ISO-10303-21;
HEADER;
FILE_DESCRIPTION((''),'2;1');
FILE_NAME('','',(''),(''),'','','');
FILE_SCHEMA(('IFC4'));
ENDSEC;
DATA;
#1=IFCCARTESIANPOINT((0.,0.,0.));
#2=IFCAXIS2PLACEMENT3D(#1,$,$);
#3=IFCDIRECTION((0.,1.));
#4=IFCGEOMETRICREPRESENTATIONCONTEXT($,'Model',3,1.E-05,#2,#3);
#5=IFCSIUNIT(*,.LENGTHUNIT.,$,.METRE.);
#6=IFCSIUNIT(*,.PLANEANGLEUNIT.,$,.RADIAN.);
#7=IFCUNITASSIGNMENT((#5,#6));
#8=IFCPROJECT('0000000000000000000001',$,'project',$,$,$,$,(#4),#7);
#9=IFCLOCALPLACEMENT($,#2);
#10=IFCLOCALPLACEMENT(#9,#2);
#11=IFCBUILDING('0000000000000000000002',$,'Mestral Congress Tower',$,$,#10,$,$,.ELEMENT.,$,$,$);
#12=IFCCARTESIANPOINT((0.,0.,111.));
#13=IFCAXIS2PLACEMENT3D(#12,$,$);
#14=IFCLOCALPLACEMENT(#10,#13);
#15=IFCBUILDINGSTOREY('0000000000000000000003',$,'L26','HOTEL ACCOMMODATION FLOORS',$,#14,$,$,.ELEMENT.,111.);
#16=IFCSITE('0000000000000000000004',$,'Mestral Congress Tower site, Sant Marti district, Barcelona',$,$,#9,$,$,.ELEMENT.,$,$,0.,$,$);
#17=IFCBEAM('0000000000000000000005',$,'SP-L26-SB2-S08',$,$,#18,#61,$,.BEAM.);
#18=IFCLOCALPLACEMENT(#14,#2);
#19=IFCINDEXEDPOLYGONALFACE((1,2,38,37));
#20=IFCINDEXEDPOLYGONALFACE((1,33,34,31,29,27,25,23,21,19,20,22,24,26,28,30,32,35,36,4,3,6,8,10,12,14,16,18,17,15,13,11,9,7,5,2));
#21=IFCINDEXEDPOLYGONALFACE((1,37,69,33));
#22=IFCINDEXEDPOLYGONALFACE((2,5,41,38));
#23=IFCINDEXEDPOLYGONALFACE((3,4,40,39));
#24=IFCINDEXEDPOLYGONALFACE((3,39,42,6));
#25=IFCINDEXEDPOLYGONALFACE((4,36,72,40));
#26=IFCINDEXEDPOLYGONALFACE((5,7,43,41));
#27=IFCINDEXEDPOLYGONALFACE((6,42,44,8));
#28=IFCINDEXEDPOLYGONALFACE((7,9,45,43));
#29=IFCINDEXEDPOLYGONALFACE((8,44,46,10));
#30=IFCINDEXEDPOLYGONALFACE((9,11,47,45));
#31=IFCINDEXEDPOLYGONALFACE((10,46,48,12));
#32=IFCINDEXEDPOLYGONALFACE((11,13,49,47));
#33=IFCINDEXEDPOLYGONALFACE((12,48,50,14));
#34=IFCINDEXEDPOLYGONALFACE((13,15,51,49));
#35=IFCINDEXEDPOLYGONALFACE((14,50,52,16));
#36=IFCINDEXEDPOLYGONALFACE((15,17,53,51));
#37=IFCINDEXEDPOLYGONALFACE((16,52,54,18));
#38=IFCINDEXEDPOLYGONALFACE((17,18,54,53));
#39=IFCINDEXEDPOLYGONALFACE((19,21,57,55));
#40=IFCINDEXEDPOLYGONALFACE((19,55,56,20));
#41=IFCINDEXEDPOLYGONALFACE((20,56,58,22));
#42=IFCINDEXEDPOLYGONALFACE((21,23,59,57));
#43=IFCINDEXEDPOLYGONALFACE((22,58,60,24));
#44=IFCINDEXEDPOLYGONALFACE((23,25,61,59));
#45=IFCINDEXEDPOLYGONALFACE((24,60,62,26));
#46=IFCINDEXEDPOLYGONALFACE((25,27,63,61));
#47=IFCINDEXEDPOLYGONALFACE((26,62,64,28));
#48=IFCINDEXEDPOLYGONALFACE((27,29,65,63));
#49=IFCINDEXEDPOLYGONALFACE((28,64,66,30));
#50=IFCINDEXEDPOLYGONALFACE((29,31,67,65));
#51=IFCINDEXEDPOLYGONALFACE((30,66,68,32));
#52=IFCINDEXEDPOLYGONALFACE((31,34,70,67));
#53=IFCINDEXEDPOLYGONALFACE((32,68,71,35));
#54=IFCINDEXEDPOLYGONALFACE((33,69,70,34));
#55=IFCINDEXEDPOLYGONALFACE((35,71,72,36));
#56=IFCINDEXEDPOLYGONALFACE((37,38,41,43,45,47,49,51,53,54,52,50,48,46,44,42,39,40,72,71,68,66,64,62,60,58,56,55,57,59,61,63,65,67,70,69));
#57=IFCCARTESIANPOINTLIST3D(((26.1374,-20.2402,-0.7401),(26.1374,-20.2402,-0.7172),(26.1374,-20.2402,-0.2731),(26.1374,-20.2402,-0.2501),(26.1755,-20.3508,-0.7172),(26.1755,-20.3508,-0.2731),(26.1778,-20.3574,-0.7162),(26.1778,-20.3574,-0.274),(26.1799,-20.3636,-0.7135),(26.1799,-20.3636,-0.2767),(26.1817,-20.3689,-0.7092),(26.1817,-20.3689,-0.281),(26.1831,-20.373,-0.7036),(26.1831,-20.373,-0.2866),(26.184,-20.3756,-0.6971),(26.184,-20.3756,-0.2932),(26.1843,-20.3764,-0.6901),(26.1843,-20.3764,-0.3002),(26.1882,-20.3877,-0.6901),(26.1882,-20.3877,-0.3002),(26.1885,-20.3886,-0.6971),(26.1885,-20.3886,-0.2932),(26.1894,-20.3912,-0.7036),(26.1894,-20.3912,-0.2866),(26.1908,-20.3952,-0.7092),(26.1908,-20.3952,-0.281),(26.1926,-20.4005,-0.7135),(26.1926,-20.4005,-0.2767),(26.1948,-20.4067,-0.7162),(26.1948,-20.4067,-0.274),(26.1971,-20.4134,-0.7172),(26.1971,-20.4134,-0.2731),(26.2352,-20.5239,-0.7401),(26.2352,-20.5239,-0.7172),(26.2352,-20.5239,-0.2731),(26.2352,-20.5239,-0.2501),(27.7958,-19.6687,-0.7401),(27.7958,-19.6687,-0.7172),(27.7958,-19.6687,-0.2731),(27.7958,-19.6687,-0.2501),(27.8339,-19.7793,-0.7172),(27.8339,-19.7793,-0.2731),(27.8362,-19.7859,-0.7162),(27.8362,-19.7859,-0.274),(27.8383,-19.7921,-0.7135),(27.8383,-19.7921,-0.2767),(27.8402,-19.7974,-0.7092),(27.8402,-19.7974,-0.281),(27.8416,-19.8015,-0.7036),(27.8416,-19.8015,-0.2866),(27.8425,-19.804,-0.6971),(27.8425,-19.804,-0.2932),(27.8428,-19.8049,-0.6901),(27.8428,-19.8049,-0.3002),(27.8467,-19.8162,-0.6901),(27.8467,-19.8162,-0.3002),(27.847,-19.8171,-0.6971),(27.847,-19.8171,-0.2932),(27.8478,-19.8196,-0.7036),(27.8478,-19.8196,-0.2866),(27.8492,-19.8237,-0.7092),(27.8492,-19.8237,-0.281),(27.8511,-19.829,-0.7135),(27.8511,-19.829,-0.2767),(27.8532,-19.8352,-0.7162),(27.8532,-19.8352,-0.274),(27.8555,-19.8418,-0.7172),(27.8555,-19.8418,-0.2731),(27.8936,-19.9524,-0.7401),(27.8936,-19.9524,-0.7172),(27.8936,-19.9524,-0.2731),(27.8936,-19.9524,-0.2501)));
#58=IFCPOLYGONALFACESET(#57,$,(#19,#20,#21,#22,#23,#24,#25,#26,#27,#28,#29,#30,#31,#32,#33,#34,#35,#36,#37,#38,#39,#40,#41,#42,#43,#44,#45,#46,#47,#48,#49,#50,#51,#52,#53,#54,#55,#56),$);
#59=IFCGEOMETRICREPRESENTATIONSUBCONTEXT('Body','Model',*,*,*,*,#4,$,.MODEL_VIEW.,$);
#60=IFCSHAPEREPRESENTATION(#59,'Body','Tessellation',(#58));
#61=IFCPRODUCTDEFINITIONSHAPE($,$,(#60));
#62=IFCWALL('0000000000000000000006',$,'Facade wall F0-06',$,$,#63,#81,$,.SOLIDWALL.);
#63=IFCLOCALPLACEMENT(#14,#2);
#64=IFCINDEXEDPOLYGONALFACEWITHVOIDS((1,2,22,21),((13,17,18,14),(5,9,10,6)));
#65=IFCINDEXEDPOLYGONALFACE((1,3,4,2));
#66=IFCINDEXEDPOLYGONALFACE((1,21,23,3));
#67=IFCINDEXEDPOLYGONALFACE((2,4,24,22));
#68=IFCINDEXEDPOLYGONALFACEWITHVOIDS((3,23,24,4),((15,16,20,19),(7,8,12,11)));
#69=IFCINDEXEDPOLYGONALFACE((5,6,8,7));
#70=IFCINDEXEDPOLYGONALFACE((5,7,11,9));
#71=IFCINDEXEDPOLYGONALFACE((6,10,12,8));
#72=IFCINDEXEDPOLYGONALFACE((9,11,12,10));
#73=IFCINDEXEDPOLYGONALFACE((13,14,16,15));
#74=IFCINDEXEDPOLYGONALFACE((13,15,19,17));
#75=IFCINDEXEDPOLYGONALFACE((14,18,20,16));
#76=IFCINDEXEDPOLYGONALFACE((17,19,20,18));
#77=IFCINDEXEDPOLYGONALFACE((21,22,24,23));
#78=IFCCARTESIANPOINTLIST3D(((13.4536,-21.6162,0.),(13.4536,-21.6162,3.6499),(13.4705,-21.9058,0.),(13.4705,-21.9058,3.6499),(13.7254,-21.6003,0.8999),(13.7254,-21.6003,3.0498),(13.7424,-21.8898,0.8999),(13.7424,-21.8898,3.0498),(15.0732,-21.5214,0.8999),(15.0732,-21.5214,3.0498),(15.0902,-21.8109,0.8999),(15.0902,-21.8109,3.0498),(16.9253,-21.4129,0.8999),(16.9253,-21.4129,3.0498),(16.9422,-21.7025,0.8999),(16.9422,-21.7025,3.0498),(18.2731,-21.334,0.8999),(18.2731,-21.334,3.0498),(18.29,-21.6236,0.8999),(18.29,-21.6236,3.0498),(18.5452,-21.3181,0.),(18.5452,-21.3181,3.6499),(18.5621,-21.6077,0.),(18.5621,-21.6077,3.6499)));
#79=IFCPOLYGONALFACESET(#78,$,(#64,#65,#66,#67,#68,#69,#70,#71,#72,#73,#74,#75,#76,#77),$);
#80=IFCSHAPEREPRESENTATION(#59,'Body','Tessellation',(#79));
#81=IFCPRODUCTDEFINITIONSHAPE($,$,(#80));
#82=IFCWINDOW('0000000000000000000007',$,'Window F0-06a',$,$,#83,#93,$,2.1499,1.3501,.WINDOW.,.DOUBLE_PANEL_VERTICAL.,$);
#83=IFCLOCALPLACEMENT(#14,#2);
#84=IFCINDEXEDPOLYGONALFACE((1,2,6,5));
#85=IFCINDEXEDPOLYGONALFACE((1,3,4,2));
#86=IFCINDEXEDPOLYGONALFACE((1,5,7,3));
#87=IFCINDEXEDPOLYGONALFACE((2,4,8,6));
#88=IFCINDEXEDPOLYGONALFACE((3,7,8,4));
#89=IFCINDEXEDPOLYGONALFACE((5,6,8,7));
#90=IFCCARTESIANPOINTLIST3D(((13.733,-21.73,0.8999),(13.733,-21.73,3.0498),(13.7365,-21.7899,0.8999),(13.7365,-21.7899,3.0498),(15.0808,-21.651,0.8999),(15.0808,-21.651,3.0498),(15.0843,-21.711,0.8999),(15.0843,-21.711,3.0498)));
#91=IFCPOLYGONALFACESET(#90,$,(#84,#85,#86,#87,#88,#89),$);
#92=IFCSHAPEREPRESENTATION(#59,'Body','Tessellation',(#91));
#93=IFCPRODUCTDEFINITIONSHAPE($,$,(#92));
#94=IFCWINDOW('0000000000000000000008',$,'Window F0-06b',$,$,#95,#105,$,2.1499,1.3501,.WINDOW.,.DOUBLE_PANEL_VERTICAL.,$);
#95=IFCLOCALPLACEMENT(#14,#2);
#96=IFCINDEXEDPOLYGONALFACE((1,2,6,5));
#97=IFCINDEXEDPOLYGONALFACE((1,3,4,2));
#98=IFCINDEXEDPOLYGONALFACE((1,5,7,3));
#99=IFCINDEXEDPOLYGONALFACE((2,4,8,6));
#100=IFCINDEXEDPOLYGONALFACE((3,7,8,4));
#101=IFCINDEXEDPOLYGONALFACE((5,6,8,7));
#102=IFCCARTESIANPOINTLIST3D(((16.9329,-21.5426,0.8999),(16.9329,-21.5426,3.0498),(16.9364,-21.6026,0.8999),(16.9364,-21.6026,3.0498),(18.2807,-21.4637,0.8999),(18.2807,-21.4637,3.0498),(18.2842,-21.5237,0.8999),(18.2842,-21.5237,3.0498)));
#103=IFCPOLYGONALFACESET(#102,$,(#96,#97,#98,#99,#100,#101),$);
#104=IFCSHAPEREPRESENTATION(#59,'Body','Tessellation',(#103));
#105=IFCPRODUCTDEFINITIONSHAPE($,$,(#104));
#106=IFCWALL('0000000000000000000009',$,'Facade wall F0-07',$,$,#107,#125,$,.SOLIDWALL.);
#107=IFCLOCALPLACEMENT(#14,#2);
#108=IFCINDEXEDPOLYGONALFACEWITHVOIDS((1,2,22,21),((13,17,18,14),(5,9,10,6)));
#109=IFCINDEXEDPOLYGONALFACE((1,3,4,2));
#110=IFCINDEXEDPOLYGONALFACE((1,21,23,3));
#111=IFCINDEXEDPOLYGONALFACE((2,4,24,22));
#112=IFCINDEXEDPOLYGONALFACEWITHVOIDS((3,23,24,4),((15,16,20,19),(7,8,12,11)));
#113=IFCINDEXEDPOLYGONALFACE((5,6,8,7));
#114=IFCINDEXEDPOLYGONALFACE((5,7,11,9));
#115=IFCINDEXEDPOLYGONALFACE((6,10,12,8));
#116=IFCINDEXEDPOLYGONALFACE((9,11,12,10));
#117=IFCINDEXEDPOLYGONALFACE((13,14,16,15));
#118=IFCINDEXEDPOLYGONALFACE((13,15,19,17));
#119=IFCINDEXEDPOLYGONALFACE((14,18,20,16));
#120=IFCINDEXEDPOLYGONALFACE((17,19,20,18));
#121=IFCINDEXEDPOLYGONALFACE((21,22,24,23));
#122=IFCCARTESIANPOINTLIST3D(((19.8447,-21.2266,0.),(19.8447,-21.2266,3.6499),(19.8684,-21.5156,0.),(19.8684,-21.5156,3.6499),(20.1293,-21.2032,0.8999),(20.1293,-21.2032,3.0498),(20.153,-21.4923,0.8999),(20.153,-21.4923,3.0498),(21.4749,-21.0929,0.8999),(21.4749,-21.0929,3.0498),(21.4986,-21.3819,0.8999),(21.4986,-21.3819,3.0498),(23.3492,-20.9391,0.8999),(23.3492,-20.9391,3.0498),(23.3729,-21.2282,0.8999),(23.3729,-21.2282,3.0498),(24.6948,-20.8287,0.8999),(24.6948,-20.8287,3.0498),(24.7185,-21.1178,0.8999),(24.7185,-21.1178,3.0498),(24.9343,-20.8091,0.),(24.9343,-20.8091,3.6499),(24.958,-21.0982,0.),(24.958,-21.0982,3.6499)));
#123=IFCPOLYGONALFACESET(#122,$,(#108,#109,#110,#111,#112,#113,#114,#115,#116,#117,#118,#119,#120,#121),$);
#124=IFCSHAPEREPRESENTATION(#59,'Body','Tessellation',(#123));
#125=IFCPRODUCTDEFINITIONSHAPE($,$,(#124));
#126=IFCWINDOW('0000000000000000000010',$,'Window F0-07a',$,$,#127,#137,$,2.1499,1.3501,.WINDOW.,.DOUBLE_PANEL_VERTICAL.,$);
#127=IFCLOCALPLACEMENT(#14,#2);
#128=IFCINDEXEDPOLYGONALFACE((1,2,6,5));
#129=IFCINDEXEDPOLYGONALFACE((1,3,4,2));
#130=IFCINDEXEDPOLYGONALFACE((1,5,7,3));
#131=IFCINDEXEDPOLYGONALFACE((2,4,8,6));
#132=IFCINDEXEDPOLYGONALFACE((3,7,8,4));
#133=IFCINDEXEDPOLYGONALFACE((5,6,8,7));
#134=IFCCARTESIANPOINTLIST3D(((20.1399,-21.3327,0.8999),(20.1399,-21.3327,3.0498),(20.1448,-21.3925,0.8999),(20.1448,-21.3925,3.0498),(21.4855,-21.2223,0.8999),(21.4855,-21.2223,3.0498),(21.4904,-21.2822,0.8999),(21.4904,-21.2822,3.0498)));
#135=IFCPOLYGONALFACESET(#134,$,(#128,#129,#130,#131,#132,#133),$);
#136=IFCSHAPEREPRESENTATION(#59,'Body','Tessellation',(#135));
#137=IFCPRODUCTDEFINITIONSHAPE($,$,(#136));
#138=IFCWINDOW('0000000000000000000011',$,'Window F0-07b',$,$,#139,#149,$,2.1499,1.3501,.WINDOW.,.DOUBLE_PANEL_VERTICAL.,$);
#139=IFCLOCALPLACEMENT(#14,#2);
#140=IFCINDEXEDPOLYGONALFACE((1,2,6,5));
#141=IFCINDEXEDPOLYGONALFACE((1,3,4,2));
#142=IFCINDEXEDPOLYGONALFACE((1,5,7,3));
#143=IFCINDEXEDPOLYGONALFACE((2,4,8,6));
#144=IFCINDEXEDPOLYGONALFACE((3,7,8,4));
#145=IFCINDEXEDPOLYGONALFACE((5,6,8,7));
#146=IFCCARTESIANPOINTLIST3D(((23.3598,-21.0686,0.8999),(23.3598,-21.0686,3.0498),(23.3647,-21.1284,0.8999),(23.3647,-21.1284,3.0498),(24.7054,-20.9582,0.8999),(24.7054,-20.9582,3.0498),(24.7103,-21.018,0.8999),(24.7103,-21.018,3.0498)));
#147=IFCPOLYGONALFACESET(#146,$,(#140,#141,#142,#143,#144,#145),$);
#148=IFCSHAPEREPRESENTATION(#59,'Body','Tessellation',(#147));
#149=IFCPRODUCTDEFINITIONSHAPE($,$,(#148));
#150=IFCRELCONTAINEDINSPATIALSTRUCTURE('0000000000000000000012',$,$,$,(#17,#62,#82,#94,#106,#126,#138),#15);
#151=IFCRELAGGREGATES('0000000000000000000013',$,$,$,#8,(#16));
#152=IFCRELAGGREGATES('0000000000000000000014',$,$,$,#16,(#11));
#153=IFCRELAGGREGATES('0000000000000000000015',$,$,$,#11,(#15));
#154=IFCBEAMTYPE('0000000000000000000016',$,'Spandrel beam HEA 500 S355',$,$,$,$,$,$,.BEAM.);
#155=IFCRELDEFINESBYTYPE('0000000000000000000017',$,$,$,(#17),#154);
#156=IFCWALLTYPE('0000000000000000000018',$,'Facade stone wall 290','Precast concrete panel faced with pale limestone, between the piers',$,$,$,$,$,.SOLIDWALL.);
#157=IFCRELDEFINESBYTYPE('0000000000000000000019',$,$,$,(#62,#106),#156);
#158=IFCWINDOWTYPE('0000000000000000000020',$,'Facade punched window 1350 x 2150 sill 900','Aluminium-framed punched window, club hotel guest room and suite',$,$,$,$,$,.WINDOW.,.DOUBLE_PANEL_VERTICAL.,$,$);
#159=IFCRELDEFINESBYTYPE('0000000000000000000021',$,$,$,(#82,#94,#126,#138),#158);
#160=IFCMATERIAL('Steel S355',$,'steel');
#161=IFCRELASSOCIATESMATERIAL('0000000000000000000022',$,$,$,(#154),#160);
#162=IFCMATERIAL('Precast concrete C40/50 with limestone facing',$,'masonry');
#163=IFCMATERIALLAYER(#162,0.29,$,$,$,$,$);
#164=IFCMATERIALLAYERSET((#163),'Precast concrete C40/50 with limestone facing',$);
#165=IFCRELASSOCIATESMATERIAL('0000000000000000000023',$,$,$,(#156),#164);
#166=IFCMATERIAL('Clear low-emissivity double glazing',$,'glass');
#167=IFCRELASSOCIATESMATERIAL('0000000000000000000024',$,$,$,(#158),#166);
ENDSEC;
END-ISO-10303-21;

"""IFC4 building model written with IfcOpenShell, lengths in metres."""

from ifc_helpers import new_model, si_unit, direction, frame, frame_2d, origin, origin_2d, place, context, subcontext, project, spatial, rectangle, i_section, extrude, material, layer, layer_set, material_profile, profile_set, type_object, element, fill, save


model = new_model("IFC4")

# Units and contexts
model_context = context("Model", 3, precision=1e-05, world=origin(), true_north=direction((0.0, 1.0)))
body_context = subcontext(model_context, "Body", "Model", "MODEL_VIEW")
ifc_project = project(units=[si_unit("LENGTHUNIT", "METRE"), si_unit("PLANEANGLEUNIT", "RADIAN")], contexts=[model_context])

# Site, building, storey
site_placement = place(None, origin())
site = spatial("IfcSite", under=ifc_project, at=site_placement, Name="Mestral Congress Tower site, Sant Marti district, Barcelona", CompositionType="ELEMENT", RefElevation=0.0)
building_placement = place(site_placement, origin())
building = spatial("IfcBuilding", under=site, at=building_placement, Name="Mestral Congress Tower", CompositionType="ELEMENT")
storey_placement = place(building_placement, frame((0.0, 0.0, 111.0)))
storey = spatial("IfcBuildingStorey", under=building, at=storey_placement, Name="L26", Description="HOTEL ACCOMMODATION FLOORS", CompositionType="ELEMENT", Elevation=111.0)

# Beam
ifc_material_1 = material(Name="Steel S355", Category="steel")
ifc_material_profile_1 = material_profile(ifc_material_1, i_section(OverallWidth=0.3, OverallDepth=0.49, WebThickness=0.012, FlangeThickness=0.0229, FilletRadius=0.0271, at=origin_2d()), Name="HEA 500")
ifc_profile_set_1 = profile_set([ifc_material_profile_1], Name="Steel S355")
beam_type_1 = type_object("IfcBeamType", Name="Spandrel beam HEA 500 S355", PredefinedType="BEAM", material=ifc_profile_set_1)
beam_1_placement = place(storey_placement, frame((26.1863, -20.3821, -0.4951), z_axis=(0.945434, 0.325815, 0.0), x_axis=(-0.325815, 0.945434, 0.0)))
element("IfcBeam", 1, at=beam_1_placement, inside=storey, type_object=beam_type_1, Name="SP-L26-SB2-S08", PredefinedType="BEAM", context=body_context, shape_type="SweptSolid", body=[
    extrude(i_section(OverallWidth=0.3, OverallDepth=0.49, WebThickness=0.012, FlangeThickness=0.0229, FilletRadius=0.0271, at=origin_2d()), origin(), (0.0, 0.0, 1.0), 1.7542),
])

# Walls, openings, windows
ifc_material_2 = material(Name="Precast concrete C40/50 with limestone facing", Category="masonry")
ifc_layer_1 = layer(ifc_material_2, 0.29)
ifc_layer_set_1 = layer_set([ifc_layer_1], Name="Precast concrete C40/50 with limestone facing")
wall_type_1 = type_object("IfcWallType", Name="Facade stone wall 290", Description="Precast concrete panel faced with pale limestone, between the piers", PredefinedType="SOLIDWALL", material=ifc_layer_set_1)
wall_1_placement = place(storey_placement, frame((13.4619, -21.761, 0.0), z_axis=(0.0, 0.0, 1.0), x_axis=(0.998291, 0.058447, 0.0)))
wall_1 = element("IfcWall", 2, at=wall_1_placement, inside=storey, type_object=wall_type_1, Name="Facade wall F0-06", PredefinedType="SOLIDWALL", context=body_context, shape_type="SweptSolid", body=[
    extrude(rectangle(XDim=5.1003, YDim=0.29, at=frame_2d((2.5503, 0.0))), origin(), (0.0, 0.0, 1.0), 3.6499),
])
opening_1_placement = place(wall_1_placement, frame((0.2725, 0.0, 0.8999)))
opening_1 = element("IfcOpeningElement", 3, at=opening_1_placement, cuts=wall_1, PredefinedType="OPENING", context=body_context, shape_type="SweptSolid", body=[
    extrude(rectangle(XDim=1.3501, YDim=2.1499, at=frame_2d((0.675, 1.075))), frame((0.0, 0.155, 0.0), z_axis=(0.0, -1.0, 0.0), x_axis=(1.0, 0.0, 0.0)), (0.0, 0.0, 1.0), 0.3101),
])
opening_2_placement = place(wall_1_placement, frame((3.4778, 0.0, 0.8999)))
opening_2 = element("IfcOpeningElement", 4, at=opening_2_placement, cuts=wall_1, PredefinedType="OPENING", context=body_context, shape_type="SweptSolid", body=[
    extrude(rectangle(XDim=1.3501, YDim=2.1499, at=frame_2d((0.675, 1.075))), frame((0.0, 0.155, 0.0), z_axis=(0.0, -1.0, 0.0), x_axis=(1.0, 0.0, 0.0)), (0.0, 0.0, 1.0), 0.3101),
])
ifc_material_3 = material(Name="Clear low-emissivity double glazing", Category="glass")
window_type_1 = type_object("IfcWindowType", Name="Facade punched window 1350 x 2150 sill 900", Description="Aluminium-framed punched window, club hotel guest room and suite", PartitioningType="DOUBLE_PANEL_VERTICAL", PredefinedType="WINDOW", material=ifc_material_3)
window_1_placement = place(opening_1_placement, origin())
window_1 = element("IfcWindow", 5, at=window_1_placement, inside=storey, type_object=window_type_1, Name="Window F0-06a", OverallHeight=2.1499, OverallWidth=1.3501, PartitioningType="DOUBLE_PANEL_VERTICAL", PredefinedType="WINDOW", context=body_context, shape_type="SweptSolid", body=[
    extrude(rectangle(XDim=1.3501, YDim=2.1499, at=frame_2d((0.675, 1.075))), frame((0.0, 0.0151, 0.0), z_axis=(0.0, -1.0, 0.0), x_axis=(1.0, 0.0, 0.0)), (0.0, 0.0, 1.0), 0.0601),
])
fill(opening_1, window_1)
window_2_placement = place(opening_2_placement, origin())
window_2 = element("IfcWindow", 6, at=window_2_placement, inside=storey, type_object=window_type_1, Name="Window F0-06b", OverallHeight=2.1499, OverallWidth=1.3501, PartitioningType="DOUBLE_PANEL_VERTICAL", PredefinedType="WINDOW", context=body_context, shape_type="SweptSolid", body=[
    extrude(rectangle(XDim=1.3501, YDim=2.1499, at=frame_2d((0.675, 1.075))), frame((0.0, 0.0151, 0.0), z_axis=(0.0, -1.0, 0.0), x_axis=(1.0, 0.0, 0.0)), (0.0, 0.0, 1.0), 0.0601),
])
fill(opening_2, window_2)
wall_2_placement = place(storey_placement, frame((19.8567, -21.3711, 0.0), z_axis=(0.0, 0.0, 1.0), x_axis=(0.996653, 0.081752, 0.0)))
wall_2 = element("IfcWall", 7, at=wall_2_placement, inside=storey, type_object=wall_type_1, Name="Facade wall F0-07", PredefinedType="SOLIDWALL", context=body_context, shape_type="SweptSolid", body=[
    extrude(rectangle(XDim=5.1067, YDim=0.29, at=frame_2d((2.5532, 0.0))), origin(), (0.0, 0.0, 1.0), 3.6499),
])
opening_3_placement = place(wall_2_placement, frame((0.2854, 0.0, 0.8999)))
opening_3 = element("IfcOpeningElement", 8, at=opening_3_placement, cuts=wall_2, PredefinedType="OPENING", context=body_context, shape_type="SweptSolid", body=[
    extrude(rectangle(XDim=1.3501, YDim=2.1499, at=frame_2d((0.675, 1.075))), frame((0.0, 0.155, 0.0), z_axis=(0.0, -1.0, 0.0), x_axis=(1.0, 0.0, 0.0)), (0.0, 0.0, 1.0), 0.3101),
])
opening_4_placement = place(wall_2_placement, frame((3.5161, 0.0, 0.8999)))
opening_4 = element("IfcOpeningElement", 9, at=opening_4_placement, cuts=wall_2, PredefinedType="OPENING", context=body_context, shape_type="SweptSolid", body=[
    extrude(rectangle(XDim=1.3501, YDim=2.1499, at=frame_2d((0.675, 1.075))), frame((0.0, 0.155, 0.0), z_axis=(0.0, -1.0, 0.0), x_axis=(1.0, 0.0, 0.0)), (0.0, 0.0, 1.0), 0.3101),
])
window_3_placement = place(opening_3_placement, origin())
window_3 = element("IfcWindow", 10, at=window_3_placement, inside=storey, type_object=window_type_1, Name="Window F0-07a", OverallHeight=2.1499, OverallWidth=1.3501, PartitioningType="DOUBLE_PANEL_VERTICAL", PredefinedType="WINDOW", context=body_context, shape_type="SweptSolid", body=[
    extrude(rectangle(XDim=1.3501, YDim=2.1499, at=frame_2d((0.675, 1.075))), frame((0.0, 0.0151, 0.0), z_axis=(0.0, -1.0, 0.0), x_axis=(1.0, 0.0, 0.0)), (0.0, 0.0, 1.0), 0.0601),
])
fill(opening_3, window_3)
window_4_placement = place(opening_4_placement, origin())
window_4 = element("IfcWindow", 11, at=window_4_placement, inside=storey, type_object=window_type_1, Name="Window F0-07b", OverallHeight=2.1499, OverallWidth=1.3501, PartitioningType="DOUBLE_PANEL_VERTICAL", PredefinedType="WINDOW", context=body_context, shape_type="SweptSolid", body=[
    extrude(rectangle(XDim=1.3501, YDim=2.1499, at=frame_2d((0.675, 1.075))), frame((0.0, 0.0151, 0.0), z_axis=(0.0, -1.0, 0.0), x_axis=(1.0, 0.0, 0.0)), (0.0, 0.0, 1.0), 0.0601),
])
fill(opening_4, window_4)

save(model, "model.ifc")
